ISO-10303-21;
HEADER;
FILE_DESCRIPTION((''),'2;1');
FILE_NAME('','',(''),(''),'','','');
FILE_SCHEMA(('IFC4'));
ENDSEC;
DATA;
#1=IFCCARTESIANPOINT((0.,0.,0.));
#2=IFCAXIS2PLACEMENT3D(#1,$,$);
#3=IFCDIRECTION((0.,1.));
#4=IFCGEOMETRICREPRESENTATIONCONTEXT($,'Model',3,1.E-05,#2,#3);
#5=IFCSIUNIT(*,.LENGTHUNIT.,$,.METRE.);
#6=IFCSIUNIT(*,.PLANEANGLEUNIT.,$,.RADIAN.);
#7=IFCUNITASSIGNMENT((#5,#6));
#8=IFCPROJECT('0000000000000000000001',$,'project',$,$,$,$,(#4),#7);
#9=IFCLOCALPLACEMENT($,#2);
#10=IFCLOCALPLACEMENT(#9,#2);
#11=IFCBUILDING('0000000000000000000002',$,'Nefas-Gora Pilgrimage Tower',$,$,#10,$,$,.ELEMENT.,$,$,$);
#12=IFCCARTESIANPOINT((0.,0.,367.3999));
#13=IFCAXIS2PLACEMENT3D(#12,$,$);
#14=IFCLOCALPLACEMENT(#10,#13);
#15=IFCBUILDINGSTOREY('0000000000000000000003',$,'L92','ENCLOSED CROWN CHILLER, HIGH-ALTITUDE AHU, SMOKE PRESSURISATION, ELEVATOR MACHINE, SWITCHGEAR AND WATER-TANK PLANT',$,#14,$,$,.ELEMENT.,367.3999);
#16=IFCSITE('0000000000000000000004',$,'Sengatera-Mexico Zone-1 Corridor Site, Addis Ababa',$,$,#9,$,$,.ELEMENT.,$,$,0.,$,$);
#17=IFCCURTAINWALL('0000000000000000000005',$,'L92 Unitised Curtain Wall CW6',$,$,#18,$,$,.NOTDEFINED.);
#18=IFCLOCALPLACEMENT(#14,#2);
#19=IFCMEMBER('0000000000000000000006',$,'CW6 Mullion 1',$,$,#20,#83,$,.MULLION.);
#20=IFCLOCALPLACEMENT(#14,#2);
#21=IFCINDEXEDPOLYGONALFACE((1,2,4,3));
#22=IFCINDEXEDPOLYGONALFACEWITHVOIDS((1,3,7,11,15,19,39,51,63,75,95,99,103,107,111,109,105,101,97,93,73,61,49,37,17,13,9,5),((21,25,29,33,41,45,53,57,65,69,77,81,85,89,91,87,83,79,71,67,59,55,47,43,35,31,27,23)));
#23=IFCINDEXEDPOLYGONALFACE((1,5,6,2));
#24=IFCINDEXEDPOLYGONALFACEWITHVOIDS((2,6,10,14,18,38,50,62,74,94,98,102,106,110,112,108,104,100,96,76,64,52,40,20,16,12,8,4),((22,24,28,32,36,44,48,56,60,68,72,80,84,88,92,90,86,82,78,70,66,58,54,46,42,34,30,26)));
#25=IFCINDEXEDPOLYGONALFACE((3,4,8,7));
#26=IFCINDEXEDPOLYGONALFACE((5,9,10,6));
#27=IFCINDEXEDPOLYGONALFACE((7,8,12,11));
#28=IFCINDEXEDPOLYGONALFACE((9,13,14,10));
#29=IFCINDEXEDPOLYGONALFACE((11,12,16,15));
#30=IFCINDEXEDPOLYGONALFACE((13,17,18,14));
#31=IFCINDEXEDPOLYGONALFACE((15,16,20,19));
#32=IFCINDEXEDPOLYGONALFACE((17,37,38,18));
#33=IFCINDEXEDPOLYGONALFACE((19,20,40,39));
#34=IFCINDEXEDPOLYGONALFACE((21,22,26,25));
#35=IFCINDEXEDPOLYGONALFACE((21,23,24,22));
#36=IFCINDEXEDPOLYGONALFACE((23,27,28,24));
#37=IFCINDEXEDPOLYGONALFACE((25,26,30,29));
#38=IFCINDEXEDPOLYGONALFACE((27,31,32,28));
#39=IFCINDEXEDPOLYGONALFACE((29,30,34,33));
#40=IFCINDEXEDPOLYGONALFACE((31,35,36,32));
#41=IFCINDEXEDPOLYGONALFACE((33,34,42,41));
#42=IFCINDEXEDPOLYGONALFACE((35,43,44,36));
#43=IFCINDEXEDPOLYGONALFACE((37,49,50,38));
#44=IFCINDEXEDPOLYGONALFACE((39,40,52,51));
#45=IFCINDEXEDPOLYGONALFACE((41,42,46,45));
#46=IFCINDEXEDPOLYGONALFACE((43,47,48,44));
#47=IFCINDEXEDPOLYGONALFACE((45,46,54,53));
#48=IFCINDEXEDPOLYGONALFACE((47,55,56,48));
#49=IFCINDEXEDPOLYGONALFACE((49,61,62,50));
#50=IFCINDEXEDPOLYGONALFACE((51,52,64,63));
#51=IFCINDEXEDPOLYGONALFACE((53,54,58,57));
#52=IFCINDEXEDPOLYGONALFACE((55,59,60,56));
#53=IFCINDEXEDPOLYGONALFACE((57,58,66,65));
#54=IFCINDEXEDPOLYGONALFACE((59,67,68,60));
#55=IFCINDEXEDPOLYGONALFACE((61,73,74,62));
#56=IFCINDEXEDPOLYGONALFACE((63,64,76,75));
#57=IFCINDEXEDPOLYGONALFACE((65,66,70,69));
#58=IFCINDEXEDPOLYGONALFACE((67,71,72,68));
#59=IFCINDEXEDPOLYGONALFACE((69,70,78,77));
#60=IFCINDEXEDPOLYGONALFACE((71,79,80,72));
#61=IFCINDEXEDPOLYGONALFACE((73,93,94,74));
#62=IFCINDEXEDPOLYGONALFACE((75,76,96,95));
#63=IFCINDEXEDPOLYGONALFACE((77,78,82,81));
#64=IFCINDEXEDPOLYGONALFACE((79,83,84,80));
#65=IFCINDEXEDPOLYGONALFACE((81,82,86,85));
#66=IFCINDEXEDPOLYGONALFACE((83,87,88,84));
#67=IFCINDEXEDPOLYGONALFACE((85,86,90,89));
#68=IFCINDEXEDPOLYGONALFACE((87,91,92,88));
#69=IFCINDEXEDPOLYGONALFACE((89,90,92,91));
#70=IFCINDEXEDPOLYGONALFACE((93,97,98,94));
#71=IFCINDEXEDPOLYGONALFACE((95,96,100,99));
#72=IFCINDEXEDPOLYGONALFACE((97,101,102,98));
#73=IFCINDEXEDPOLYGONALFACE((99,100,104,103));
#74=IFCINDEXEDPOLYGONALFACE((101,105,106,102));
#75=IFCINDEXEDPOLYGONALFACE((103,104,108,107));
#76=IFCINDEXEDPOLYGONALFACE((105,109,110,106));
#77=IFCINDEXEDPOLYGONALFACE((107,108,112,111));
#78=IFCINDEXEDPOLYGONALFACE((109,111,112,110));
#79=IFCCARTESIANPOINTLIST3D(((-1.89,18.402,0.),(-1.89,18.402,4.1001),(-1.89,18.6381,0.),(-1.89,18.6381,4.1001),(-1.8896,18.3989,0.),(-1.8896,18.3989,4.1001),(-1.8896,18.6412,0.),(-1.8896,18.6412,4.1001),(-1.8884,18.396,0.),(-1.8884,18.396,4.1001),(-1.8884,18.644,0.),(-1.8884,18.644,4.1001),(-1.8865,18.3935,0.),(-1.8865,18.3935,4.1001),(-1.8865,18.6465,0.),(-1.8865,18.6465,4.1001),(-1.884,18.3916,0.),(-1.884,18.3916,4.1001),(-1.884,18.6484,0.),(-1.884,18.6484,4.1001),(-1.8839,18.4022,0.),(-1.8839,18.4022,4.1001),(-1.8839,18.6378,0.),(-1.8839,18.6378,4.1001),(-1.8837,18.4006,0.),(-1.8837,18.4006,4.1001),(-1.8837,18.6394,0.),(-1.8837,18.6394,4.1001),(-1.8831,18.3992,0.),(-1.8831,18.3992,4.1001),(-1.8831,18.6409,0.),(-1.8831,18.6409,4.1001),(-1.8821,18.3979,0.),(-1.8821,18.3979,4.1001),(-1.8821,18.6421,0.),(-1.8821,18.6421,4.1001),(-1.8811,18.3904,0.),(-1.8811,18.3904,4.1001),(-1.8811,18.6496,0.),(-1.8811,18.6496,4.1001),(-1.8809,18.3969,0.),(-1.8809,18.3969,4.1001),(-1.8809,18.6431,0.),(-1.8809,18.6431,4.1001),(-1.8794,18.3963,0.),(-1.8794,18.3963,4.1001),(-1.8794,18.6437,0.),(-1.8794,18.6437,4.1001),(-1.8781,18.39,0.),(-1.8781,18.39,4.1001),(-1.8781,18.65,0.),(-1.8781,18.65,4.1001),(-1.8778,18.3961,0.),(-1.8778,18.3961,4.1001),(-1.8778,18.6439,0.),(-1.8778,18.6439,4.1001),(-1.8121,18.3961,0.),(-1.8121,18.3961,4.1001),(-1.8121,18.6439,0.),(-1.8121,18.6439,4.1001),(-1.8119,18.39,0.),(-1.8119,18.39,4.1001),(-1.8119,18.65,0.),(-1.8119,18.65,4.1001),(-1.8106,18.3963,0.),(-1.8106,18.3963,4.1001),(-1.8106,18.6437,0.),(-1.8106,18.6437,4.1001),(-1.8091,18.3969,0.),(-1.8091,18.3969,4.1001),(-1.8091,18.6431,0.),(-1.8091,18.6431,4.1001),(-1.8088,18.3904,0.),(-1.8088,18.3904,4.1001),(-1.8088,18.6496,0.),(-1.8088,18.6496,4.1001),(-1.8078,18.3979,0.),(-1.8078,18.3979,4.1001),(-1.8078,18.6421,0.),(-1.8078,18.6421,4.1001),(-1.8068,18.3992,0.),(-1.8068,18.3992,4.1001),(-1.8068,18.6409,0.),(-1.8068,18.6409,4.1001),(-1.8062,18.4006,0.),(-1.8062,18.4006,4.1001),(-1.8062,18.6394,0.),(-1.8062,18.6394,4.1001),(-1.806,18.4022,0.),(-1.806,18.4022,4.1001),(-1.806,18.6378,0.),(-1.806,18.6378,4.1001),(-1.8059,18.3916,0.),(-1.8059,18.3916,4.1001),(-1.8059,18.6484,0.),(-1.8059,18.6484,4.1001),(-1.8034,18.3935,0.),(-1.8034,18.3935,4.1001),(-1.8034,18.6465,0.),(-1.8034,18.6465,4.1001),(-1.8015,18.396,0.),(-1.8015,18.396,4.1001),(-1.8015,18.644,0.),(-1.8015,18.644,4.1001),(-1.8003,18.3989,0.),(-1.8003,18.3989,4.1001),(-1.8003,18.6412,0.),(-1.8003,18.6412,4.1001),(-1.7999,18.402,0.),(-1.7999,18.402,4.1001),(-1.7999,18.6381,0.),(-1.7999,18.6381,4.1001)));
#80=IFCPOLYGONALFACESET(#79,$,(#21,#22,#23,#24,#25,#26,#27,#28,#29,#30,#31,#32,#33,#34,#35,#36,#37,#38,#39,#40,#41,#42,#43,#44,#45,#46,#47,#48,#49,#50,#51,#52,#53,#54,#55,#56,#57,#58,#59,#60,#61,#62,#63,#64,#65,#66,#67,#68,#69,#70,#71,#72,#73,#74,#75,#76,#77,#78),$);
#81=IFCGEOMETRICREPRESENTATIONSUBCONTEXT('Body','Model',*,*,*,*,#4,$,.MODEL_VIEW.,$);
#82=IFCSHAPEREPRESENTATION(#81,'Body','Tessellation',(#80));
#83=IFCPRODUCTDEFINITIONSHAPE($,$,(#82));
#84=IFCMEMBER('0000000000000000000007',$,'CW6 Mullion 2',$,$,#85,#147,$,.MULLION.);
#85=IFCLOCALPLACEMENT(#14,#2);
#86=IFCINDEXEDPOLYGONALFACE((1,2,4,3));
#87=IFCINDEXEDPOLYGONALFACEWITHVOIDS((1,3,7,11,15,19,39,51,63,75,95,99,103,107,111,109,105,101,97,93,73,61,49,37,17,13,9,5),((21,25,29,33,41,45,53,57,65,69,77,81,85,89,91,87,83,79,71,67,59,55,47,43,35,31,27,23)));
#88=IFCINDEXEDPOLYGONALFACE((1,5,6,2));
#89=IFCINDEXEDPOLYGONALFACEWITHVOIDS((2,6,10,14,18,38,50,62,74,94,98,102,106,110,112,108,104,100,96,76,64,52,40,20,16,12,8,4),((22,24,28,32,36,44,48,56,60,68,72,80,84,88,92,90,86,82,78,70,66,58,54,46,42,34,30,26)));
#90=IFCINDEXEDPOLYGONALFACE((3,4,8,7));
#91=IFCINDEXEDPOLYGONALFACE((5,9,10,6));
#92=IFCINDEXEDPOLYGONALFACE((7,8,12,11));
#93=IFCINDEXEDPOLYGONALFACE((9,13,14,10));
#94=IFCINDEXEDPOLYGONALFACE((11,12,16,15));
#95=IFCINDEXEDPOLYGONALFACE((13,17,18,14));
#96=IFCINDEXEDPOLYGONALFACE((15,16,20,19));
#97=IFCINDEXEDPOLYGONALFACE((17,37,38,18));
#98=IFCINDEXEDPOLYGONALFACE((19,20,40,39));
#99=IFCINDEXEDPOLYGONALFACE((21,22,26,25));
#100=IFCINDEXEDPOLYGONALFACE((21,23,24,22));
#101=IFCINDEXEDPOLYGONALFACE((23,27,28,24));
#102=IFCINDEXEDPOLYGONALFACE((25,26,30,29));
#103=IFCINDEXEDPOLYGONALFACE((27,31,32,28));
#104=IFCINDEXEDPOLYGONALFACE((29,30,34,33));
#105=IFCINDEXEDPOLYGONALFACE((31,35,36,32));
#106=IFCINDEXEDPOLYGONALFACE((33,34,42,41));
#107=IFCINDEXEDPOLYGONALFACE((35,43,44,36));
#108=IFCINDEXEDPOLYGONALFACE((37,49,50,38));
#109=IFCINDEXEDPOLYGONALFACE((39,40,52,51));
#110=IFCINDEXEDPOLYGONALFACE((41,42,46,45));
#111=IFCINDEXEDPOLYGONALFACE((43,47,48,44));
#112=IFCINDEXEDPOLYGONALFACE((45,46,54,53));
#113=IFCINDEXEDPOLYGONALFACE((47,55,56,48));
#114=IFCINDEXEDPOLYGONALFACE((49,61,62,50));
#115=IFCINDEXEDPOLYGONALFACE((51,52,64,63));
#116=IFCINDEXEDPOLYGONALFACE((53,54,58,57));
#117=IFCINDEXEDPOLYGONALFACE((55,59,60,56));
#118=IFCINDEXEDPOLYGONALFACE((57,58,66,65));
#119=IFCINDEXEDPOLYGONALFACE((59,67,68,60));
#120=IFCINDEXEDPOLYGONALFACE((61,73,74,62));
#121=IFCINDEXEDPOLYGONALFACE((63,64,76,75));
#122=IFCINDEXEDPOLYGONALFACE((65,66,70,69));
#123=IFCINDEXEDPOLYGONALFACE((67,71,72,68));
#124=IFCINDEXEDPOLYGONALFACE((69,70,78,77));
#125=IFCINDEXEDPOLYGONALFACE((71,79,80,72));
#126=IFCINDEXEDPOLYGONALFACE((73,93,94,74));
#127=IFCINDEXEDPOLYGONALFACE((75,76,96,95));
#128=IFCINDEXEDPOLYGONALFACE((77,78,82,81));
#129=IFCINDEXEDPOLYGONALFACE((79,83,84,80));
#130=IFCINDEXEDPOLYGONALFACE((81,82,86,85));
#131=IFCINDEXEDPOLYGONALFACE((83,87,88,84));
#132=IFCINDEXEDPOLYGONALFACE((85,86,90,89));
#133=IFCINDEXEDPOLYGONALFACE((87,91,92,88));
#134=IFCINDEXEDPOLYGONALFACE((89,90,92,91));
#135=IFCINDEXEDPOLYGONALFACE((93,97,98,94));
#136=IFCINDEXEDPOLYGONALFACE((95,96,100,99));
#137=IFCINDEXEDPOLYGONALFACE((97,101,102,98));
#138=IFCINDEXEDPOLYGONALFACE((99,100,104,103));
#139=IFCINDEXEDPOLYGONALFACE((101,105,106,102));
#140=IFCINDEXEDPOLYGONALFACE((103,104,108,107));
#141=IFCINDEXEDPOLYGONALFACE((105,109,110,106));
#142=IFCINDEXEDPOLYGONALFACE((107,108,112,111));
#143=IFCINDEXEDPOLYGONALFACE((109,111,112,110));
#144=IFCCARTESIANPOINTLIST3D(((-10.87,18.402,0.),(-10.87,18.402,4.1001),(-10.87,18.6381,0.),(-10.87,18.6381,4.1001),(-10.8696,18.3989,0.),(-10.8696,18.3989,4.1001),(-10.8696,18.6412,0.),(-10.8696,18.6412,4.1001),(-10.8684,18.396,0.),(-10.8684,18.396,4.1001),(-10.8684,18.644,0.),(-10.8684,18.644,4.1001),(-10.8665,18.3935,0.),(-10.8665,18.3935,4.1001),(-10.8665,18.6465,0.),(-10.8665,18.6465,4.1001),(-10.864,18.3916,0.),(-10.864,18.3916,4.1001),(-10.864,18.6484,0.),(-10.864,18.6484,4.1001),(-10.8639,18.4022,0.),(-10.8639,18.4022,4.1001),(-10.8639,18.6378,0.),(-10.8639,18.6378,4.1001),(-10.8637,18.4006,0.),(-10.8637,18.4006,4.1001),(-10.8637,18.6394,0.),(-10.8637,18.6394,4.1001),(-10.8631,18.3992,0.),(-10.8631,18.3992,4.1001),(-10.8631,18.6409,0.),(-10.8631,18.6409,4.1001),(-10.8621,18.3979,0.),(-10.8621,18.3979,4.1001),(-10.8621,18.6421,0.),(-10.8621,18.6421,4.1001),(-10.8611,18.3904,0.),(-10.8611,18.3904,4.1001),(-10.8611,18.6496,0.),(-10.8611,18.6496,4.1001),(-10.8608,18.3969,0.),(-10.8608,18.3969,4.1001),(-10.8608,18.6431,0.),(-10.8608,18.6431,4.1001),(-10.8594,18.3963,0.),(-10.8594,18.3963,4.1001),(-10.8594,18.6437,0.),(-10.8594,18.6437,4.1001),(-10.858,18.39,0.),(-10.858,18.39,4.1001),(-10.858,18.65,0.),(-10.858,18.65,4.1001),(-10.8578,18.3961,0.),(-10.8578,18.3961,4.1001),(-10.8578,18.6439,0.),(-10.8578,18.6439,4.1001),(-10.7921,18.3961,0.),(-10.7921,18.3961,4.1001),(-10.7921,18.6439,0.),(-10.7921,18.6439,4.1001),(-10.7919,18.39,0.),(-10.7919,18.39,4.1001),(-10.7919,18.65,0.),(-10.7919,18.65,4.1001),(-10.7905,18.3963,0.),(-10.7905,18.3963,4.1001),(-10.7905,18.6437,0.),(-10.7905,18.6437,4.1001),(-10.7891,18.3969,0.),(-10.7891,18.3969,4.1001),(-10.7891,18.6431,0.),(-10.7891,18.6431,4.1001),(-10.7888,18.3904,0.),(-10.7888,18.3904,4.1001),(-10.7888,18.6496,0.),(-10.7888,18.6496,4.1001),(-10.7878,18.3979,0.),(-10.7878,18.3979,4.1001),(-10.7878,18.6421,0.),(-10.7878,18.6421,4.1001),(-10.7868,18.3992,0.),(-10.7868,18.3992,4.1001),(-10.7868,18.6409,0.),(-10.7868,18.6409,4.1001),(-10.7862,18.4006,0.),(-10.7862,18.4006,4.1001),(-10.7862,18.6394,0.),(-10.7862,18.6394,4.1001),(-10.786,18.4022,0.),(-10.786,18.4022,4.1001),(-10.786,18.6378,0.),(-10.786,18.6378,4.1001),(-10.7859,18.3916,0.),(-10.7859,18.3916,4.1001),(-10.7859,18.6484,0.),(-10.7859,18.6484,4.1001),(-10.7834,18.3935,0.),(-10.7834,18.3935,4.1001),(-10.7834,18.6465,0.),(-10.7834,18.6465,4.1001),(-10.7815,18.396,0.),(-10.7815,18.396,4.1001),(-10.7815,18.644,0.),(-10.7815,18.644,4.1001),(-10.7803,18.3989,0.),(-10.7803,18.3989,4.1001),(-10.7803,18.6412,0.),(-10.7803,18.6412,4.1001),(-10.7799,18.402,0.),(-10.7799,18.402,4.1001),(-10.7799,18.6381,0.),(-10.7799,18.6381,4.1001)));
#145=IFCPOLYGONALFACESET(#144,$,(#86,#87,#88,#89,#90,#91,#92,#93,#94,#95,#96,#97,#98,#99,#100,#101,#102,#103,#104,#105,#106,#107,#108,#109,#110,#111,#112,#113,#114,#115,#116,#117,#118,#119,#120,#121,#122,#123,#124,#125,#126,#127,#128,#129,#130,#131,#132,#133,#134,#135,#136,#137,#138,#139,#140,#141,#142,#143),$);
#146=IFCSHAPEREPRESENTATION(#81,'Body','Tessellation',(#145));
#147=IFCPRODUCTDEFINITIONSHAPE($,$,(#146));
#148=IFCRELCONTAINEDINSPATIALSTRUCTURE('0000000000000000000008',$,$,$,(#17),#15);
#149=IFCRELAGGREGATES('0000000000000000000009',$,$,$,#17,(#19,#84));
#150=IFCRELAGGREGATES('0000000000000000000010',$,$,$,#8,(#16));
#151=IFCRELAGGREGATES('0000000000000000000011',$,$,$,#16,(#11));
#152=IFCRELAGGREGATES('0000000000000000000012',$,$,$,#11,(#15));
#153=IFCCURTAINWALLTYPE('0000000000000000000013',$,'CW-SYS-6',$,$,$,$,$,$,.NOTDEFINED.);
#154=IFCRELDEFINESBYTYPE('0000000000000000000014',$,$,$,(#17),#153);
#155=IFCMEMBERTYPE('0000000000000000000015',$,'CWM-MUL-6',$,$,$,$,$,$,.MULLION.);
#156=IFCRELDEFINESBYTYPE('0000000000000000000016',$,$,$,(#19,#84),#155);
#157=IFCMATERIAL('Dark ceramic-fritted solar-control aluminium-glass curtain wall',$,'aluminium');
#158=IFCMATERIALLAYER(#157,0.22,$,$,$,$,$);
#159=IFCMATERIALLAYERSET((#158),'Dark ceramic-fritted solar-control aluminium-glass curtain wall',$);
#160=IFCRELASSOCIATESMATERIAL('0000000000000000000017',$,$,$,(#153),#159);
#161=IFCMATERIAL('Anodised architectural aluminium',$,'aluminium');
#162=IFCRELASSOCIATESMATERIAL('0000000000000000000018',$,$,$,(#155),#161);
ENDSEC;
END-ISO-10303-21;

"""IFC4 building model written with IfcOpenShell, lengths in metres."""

from ifc_helpers import new_model, si_unit, direction, frame, origin, origin_2d, place, context, subcontext, project, spatial, hollow_rectangle, extrude, source, transform, mapped, material, layer, layer_set, material_profile, profile_set, type_object, element, aggregate, save


model = new_model("IFC4")

# Units and contexts
model_context = context("Model", 3, precision=1e-05, world=origin(), true_north=direction((0.0, 1.0)))
body_context = subcontext(model_context, "Body", "Model", "MODEL_VIEW")
ifc_project = project(units=[si_unit("LENGTHUNIT", "METRE"), si_unit("PLANEANGLEUNIT", "RADIAN")], contexts=[model_context])

# Site, building, storey
site_placement = place(None, origin())
site = spatial("IfcSite", under=ifc_project, at=site_placement, Name="Sengatera-Mexico Zone-1 Corridor Site, Addis Ababa", CompositionType="ELEMENT", RefElevation=0.0)
building_placement = place(site_placement, origin())
building = spatial("IfcBuilding", under=site, at=building_placement, Name="Nefas-Gora Pilgrimage Tower", CompositionType="ELEMENT")
storey_placement = place(building_placement, frame((0.0, 0.0, 367.3999)))
storey = spatial("IfcBuildingStorey", under=building, at=storey_placement, Name="L92", Description="ENCLOSED CROWN CHILLER, HIGH-ALTITUDE AHU, SMOKE PRESSURISATION, ELEVATOR MACHINE, SWITCHGEAR AND WATER-TANK PLANT", CompositionType="ELEMENT", Elevation=367.3999)

# Curtain wall
ifc_material_1 = material(Name="Dark ceramic-fritted solar-control aluminium-glass curtain wall", Category="aluminium")
ifc_layer_1 = layer(ifc_material_1, 0.22)
ifc_layer_set_1 = layer_set([ifc_layer_1], Name="Dark ceramic-fritted solar-control aluminium-glass curtain wall")
curtain_wall_type = type_object("IfcCurtainWallType", Name="CW-SYS-6", PredefinedType="NOTDEFINED", material=ifc_layer_set_1)
curtain_wall_1_placement = place(storey_placement, origin())
curtain_wall_1 = element("IfcCurtainWall", 1, at=curtain_wall_1_placement, inside=storey, type_object=curtain_wall_type, Name="L92 Unitised Curtain Wall CW6", PredefinedType="NOTDEFINED")
ifc_material_2 = material(Name="Anodised architectural aluminium", Category="aluminium")

# Members
ifc_material_profile_1 = material_profile(ifc_material_2, hollow_rectangle(XDim=0.0901, YDim=0.26, WallThickness=0.0061, InnerFilletRadius=0.0061, OuterFilletRadius=0.012, at=origin_2d()), Name="ALU MULLION 90x260")
ifc_profile_set_1 = profile_set([ifc_material_profile_1], Name="Anodised architectural aluminium")
member_type_1 = type_object("IfcMemberType", Name="CWM-MUL-6", PredefinedType="MULLION", material=ifc_profile_set_1)
shared_shape_1 = source(origin(), body_context, "Body", "SweptSolid", [
    extrude(hollow_rectangle(XDim=0.0901, YDim=0.26, WallThickness=0.0061, InnerFilletRadius=0.0061, OuterFilletRadius=0.012, at=origin_2d()), origin(), (0.0, 0.0, 1.0), 4.1001),
])
member_1_placement = place(storey_placement, frame((-1.845, 18.52, 0.0), z_axis=(0.0, 0.0, 1.0), x_axis=(-1.0, 0.0, 0.0)))
member_1 = element("IfcMember", 2, at=member_1_placement, type_object=member_type_1, Name="CW6 Mullion 1", PredefinedType="MULLION", context=body_context, shape_type="MappedRepresentation", body=[
    mapped(shared_shape_1, transform((0.0, 0.0, 0.0), x_axis=(1.0, 0.0, 0.0), y_axis=(0.0, 1.0, 0.0), z_axis=(0.0, 0.0, 1.0), scale=1.0)),
])
member_2_placement = place(storey_placement, frame((-10.825, 18.52, 0.0), z_axis=(0.0, 0.0, 1.0), x_axis=(-1.0, 0.0, 0.0)))
member_2 = element("IfcMember", 3, at=member_2_placement, type_object=member_type_1, Name="CW6 Mullion 2", PredefinedType="MULLION", context=body_context, shape_type="MappedRepresentation", body=[
    mapped(shared_shape_1, transform((0.0, 0.0, 0.0), x_axis=(1.0, 0.0, 0.0), y_axis=(0.0, 1.0, 0.0), z_axis=(0.0, 0.0, 1.0), scale=1.0)),
])

aggregate(curtain_wall_1, [member_1, member_2])

save(model, "model.ifc")
